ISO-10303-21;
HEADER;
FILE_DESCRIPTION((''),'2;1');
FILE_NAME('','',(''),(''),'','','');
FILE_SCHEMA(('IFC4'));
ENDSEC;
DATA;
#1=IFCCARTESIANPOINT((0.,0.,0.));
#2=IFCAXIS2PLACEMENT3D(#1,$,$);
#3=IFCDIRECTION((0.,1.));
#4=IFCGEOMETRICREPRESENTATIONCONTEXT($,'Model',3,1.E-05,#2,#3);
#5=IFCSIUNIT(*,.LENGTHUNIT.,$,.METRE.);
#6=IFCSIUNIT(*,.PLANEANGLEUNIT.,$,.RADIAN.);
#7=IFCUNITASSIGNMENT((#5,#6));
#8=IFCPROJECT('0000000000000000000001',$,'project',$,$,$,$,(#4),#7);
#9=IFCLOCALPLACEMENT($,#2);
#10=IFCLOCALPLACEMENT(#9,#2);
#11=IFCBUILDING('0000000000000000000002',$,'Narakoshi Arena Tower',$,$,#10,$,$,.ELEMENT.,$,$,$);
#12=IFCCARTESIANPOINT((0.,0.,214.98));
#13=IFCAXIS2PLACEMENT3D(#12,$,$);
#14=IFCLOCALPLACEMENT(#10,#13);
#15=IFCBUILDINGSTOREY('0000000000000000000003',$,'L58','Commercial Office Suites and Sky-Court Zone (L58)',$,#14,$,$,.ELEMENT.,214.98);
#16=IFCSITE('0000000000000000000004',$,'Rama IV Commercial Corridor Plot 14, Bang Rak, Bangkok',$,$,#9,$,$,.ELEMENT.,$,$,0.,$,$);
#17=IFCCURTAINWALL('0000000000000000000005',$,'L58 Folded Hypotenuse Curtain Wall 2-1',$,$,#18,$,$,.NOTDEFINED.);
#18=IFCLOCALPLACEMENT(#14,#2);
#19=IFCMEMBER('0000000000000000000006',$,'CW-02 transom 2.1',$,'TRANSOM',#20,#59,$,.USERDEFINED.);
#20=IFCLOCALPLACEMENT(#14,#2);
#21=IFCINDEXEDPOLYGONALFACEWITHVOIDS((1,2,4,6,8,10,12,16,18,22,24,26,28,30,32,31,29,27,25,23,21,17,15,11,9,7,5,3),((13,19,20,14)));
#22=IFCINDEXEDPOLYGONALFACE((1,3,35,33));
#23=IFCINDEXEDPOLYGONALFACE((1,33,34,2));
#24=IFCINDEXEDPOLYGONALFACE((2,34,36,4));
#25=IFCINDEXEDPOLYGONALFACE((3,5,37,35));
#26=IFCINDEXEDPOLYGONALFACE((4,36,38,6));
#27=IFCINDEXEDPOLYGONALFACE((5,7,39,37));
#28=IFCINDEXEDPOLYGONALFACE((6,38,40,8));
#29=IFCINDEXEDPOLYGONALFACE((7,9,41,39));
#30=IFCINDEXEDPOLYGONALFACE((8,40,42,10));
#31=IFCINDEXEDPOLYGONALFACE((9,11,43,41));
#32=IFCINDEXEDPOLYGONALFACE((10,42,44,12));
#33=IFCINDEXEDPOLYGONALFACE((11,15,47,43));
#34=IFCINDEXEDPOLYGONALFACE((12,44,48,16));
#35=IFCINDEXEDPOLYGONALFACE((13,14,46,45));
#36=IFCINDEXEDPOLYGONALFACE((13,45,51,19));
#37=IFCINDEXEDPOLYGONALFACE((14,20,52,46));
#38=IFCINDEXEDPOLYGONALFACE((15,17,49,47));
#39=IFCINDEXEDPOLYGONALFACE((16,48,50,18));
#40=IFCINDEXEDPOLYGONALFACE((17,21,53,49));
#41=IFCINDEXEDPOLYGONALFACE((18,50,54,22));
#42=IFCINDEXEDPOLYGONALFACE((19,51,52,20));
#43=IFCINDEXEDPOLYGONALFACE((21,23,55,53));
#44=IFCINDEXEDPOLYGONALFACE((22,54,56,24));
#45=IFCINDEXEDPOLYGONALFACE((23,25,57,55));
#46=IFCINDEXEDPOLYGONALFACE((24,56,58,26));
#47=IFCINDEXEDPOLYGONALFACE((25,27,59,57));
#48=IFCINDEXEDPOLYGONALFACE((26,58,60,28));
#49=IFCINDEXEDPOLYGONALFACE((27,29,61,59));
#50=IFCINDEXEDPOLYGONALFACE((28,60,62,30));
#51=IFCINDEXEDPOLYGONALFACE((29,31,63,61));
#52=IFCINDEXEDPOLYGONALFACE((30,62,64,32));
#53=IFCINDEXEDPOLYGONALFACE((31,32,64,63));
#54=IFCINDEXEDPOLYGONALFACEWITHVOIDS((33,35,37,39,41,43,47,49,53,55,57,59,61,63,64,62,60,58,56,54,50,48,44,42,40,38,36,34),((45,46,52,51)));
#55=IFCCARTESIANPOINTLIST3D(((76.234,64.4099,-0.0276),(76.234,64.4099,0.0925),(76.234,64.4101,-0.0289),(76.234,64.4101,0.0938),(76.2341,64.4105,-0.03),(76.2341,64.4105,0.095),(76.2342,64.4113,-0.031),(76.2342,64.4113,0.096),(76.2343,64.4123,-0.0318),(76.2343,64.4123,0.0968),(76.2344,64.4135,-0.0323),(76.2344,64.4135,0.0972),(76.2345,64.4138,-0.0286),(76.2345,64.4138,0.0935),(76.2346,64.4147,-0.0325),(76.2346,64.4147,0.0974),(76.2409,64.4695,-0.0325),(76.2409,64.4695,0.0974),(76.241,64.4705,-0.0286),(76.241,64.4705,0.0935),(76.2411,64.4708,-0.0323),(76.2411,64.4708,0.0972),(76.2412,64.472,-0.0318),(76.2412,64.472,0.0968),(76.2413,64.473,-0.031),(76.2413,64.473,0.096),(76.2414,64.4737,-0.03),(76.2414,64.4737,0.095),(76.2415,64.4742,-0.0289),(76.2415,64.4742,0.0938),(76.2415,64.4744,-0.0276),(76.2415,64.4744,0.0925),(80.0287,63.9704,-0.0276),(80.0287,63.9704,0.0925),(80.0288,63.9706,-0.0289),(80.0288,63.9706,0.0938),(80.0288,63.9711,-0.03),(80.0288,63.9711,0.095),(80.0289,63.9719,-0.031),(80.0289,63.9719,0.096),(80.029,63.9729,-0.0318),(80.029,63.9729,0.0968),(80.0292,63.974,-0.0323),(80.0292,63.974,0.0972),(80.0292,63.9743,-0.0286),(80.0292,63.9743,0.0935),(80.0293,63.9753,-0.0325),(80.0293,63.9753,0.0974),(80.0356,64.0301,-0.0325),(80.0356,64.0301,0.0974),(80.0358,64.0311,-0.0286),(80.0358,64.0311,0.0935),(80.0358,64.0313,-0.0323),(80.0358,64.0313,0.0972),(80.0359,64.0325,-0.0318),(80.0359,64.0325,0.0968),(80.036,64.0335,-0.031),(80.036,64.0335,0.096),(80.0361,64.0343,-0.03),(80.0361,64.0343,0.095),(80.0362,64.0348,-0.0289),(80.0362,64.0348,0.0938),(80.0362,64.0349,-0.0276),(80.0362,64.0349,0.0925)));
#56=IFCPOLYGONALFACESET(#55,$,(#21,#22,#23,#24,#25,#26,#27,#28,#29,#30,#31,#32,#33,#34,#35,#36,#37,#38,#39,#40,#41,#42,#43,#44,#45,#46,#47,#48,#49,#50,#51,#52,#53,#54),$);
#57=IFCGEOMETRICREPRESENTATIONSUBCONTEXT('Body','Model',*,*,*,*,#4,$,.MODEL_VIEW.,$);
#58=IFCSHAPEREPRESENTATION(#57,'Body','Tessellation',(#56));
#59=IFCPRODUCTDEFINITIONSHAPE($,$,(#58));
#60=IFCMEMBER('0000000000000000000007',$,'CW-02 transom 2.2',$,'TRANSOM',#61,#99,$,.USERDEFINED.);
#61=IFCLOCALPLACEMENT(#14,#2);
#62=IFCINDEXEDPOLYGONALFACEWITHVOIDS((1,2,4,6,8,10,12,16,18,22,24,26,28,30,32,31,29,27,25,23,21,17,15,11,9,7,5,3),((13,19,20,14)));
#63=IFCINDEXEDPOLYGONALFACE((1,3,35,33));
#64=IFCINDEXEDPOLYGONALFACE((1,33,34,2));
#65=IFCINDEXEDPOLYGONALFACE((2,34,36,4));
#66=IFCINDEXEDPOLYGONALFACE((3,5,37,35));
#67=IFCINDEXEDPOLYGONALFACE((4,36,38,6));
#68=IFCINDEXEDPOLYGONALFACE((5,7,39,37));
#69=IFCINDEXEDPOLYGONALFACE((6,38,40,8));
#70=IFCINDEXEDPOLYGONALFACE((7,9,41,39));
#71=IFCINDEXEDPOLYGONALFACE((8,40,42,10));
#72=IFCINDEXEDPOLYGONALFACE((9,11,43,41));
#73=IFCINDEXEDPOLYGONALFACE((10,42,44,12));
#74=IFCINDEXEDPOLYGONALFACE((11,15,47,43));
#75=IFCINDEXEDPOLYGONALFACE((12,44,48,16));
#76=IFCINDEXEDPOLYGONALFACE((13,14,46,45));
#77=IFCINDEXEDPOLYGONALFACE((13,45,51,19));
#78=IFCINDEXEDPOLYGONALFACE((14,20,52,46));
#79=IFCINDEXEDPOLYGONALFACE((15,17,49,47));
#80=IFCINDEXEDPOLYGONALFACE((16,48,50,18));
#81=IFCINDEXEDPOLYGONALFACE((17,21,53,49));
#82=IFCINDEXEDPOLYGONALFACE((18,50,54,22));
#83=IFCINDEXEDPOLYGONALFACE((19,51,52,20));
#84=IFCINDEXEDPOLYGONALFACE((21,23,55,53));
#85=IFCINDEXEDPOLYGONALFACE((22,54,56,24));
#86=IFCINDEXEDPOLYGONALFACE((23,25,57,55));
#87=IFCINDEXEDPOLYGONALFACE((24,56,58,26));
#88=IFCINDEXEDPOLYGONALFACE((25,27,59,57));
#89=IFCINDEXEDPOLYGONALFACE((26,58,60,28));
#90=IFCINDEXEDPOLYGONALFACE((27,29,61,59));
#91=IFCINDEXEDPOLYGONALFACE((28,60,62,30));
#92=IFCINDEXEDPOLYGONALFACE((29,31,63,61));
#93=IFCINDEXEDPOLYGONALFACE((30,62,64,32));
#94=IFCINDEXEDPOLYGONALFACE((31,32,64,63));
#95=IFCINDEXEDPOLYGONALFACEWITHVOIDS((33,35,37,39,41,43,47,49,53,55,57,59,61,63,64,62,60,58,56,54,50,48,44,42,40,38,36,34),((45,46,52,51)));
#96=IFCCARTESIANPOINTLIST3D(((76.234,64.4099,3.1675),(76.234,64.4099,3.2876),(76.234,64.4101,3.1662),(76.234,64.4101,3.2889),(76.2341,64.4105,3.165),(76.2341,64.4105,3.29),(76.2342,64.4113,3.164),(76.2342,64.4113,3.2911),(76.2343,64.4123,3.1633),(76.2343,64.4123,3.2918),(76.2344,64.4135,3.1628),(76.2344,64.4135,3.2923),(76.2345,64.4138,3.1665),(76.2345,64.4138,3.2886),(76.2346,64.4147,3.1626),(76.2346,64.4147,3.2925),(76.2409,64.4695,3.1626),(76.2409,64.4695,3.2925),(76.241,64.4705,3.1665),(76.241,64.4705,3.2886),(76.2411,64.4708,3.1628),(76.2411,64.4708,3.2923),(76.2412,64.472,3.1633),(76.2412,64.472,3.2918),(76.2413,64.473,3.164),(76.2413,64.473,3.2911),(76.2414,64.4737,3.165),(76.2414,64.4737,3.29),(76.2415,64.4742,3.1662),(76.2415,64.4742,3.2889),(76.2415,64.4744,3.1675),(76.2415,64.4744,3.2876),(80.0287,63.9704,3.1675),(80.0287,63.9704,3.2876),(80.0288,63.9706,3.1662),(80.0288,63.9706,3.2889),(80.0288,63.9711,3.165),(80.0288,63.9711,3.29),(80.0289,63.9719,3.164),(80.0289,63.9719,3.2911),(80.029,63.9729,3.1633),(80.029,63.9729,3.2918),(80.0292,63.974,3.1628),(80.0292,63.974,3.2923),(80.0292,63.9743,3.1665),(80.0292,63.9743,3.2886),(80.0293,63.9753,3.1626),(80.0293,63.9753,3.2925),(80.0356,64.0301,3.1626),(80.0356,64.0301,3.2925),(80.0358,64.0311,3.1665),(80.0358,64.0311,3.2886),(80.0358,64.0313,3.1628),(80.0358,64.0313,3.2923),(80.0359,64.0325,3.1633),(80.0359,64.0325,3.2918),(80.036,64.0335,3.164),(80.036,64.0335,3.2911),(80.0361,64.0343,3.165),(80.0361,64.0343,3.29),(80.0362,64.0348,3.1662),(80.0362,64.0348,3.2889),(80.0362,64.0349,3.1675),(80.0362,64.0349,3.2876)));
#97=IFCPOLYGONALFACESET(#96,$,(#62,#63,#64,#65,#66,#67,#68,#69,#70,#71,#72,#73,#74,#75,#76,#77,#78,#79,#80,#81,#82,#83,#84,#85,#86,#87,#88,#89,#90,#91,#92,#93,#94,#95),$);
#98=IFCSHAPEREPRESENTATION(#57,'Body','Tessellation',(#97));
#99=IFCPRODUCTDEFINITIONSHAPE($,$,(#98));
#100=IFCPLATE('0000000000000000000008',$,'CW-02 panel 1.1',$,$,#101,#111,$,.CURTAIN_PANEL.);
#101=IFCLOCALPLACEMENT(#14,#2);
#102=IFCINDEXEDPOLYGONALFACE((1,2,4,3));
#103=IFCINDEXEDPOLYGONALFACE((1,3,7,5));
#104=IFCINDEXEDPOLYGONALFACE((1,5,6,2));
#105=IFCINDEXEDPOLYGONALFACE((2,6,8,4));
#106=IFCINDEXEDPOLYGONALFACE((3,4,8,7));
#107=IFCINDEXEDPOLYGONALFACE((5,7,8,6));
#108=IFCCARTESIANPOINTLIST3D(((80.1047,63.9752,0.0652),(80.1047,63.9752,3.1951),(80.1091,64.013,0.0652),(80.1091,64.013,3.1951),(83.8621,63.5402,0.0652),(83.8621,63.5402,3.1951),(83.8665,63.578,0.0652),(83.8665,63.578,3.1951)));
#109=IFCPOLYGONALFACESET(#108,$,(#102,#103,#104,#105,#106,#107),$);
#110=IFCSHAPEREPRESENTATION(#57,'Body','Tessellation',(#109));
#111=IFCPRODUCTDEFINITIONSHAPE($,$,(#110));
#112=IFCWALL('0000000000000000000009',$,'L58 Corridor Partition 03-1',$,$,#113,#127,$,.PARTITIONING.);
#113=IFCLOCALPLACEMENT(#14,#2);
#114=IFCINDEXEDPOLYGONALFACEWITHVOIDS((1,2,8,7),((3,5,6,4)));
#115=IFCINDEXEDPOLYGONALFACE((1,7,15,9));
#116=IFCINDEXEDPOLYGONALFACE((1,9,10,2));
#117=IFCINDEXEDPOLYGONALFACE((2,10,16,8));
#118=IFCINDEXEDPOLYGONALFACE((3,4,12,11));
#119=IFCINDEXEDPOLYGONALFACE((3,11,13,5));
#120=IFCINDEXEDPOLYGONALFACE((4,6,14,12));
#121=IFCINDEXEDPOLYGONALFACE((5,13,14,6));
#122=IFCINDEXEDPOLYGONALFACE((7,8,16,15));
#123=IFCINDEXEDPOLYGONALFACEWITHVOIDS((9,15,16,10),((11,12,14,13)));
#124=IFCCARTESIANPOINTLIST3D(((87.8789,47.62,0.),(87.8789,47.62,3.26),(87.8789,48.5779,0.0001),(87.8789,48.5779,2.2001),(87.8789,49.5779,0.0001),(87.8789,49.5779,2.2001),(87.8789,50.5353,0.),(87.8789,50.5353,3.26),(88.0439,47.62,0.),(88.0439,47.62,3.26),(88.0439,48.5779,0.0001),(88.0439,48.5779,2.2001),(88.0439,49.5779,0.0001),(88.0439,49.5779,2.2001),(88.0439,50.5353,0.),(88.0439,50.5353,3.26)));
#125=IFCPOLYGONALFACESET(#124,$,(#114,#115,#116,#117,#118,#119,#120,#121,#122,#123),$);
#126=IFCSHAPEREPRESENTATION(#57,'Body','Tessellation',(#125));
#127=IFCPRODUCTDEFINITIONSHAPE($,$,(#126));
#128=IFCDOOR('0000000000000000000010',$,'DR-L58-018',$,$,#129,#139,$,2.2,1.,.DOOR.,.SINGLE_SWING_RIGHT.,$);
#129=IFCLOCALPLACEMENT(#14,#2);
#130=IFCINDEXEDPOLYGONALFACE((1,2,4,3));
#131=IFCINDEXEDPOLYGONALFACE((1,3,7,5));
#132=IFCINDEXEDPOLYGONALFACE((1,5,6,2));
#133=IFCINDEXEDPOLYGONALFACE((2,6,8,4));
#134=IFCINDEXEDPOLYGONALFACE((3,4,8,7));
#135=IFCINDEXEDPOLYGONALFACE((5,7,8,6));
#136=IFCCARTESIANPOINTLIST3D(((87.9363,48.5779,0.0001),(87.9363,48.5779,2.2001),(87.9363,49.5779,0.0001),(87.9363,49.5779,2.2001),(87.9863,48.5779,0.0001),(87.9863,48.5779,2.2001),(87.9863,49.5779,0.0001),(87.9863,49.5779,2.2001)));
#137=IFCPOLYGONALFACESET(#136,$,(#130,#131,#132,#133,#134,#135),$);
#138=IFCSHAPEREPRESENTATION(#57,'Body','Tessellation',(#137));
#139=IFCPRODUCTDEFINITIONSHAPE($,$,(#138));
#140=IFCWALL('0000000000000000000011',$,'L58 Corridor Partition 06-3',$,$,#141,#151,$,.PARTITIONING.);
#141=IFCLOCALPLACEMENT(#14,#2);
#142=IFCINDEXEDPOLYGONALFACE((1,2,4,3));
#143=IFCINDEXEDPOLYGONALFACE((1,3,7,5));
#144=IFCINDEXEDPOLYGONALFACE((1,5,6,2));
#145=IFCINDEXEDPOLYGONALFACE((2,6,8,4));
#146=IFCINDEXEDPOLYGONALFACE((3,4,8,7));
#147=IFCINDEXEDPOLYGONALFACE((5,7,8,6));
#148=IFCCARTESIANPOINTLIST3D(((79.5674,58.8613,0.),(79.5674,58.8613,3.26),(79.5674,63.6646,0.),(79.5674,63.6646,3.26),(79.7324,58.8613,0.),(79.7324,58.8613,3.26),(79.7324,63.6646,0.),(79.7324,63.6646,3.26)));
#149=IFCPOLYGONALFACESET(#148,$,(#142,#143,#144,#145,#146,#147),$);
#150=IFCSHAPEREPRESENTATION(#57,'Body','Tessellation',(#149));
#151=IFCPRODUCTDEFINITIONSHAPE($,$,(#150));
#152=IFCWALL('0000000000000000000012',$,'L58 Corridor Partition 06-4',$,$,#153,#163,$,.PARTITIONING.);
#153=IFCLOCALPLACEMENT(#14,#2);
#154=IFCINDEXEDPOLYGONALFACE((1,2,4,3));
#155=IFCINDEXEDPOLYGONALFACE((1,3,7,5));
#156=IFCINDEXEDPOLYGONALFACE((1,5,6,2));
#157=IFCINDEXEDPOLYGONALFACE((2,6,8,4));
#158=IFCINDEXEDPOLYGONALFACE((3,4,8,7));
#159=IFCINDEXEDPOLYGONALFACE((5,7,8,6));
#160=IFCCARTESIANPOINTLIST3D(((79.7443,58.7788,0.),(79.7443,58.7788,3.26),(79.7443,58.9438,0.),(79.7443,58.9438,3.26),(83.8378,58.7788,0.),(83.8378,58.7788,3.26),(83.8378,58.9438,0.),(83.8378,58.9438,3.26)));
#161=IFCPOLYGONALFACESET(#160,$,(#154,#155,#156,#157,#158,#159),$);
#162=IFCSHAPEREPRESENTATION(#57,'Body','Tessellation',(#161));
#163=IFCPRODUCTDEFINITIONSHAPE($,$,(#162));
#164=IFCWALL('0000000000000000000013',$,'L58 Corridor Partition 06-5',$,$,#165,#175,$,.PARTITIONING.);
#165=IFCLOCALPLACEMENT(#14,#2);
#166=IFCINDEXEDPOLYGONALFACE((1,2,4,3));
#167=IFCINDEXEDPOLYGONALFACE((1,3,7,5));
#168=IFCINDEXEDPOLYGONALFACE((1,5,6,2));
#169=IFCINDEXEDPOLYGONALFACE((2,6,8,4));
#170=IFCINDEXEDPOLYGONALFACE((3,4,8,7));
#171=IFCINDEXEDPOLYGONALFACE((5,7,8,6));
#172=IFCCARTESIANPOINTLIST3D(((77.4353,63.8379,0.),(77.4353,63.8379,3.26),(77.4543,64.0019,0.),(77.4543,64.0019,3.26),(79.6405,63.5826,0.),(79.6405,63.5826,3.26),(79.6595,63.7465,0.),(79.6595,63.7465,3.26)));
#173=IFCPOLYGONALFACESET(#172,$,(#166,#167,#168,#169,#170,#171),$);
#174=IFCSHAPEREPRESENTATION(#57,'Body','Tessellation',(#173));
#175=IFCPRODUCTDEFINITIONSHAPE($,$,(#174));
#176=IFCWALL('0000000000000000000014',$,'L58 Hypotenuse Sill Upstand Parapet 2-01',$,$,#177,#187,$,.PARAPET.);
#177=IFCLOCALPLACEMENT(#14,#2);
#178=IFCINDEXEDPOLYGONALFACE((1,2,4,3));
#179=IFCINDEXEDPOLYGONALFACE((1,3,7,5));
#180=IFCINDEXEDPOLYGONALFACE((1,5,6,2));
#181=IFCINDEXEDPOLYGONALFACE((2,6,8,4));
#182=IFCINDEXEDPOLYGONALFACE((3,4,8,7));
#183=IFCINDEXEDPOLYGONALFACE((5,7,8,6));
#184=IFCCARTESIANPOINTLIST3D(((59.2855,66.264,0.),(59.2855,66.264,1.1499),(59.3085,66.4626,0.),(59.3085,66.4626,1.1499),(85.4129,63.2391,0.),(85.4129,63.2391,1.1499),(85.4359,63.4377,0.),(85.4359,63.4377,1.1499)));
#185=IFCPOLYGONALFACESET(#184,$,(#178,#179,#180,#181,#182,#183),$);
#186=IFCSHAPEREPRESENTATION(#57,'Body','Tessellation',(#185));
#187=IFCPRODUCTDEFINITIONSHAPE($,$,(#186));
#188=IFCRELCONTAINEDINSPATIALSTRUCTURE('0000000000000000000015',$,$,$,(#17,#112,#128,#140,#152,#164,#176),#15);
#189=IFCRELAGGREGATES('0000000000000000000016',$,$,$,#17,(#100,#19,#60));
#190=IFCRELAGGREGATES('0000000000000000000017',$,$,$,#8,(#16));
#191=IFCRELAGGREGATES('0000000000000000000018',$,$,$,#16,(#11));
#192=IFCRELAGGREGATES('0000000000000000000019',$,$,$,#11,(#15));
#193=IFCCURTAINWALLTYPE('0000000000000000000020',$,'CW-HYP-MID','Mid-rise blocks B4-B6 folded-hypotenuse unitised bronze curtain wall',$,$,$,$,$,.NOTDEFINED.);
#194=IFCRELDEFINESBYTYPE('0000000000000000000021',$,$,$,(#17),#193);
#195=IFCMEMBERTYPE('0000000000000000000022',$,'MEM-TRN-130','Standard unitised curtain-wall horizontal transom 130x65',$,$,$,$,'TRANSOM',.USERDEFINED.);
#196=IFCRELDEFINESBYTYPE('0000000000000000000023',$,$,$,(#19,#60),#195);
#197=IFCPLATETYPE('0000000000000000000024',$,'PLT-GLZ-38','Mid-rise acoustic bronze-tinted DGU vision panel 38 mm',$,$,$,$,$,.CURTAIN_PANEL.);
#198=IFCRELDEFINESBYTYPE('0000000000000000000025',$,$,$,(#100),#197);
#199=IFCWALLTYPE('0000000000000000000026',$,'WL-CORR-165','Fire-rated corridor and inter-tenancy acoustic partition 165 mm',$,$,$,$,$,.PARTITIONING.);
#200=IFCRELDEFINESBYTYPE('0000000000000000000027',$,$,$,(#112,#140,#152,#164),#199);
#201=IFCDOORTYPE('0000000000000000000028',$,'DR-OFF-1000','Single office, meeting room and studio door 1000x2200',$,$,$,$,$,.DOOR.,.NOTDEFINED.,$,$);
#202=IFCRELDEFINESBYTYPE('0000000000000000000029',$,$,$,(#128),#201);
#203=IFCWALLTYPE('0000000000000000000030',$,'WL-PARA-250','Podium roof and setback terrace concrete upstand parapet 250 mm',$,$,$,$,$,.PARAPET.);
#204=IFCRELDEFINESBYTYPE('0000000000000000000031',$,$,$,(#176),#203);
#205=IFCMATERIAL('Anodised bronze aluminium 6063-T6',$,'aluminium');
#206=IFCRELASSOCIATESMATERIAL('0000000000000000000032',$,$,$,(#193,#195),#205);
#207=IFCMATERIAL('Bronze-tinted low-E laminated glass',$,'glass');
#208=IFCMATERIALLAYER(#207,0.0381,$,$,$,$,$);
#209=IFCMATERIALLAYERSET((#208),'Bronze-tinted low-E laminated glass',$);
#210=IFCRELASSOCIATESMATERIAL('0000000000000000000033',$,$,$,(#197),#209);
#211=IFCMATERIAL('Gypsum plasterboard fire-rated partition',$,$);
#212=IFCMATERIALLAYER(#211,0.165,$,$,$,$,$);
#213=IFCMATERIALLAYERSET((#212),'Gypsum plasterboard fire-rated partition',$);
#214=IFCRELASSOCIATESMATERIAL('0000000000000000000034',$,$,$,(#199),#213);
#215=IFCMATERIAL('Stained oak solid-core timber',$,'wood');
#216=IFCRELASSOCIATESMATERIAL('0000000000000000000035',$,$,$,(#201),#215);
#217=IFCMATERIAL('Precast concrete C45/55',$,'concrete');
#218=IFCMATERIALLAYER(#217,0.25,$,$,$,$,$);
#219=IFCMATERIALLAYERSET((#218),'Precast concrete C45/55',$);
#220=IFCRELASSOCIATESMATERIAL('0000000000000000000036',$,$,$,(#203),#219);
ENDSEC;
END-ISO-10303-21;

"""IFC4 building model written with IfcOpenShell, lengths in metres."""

from ifc_helpers import new_model, si_unit, direction, frame, frame_2d, origin, origin_2d, place, context, subcontext, project, spatial, rectangle, hollow_rectangle, extrude, material, layer, layer_set, material_profile, profile_set, type_object, element, fill, aggregate, save


model = new_model("IFC4")

# Units and contexts
model_context = context("Model", 3, precision=1e-05, world=origin(), true_north=direction((0.0, 1.0)))
body_context = subcontext(model_context, "Body", "Model", "MODEL_VIEW")
ifc_project = project(units=[si_unit("LENGTHUNIT", "METRE"), si_unit("PLANEANGLEUNIT", "RADIAN")], contexts=[model_context])

# Site, building, storey
site_placement = place(None, origin())
site = spatial("IfcSite", under=ifc_project, at=site_placement, Name="Rama IV Commercial Corridor Plot 14, Bang Rak, Bangkok", CompositionType="ELEMENT", RefElevation=0.0)
building_placement = place(site_placement, origin())
building = spatial("IfcBuilding", under=site, at=building_placement, Name="Narakoshi Arena Tower", CompositionType="ELEMENT")
storey_placement = place(building_placement, frame((0.0, 0.0, 214.98)))
storey = spatial("IfcBuildingStorey", under=building, at=storey_placement, Name="L58", Description="Commercial Office Suites and Sky-Court Zone (L58)", CompositionType="ELEMENT", Elevation=214.98)

# Curtain wall, members, plate
ifc_material_1 = material(Name="Anodised bronze aluminium 6063-T6", Category="aluminium")
curtain_wall_type = type_object("IfcCurtainWallType", Name="CW-HYP-MID", Description="Mid-rise blocks B4-B6 folded-hypotenuse unitised bronze curtain wall", PredefinedType="NOTDEFINED", material=ifc_material_1)
curtain_wall_placement = place(storey_placement, origin())
curtain_wall = element("IfcCurtainWall", 1, at=curtain_wall_placement, inside=storey, type_object=curtain_wall_type, Name="L58 Folded Hypotenuse Curtain Wall 2-1", PredefinedType="NOTDEFINED")
ifc_material_profile_1 = material_profile(ifc_material_1, hollow_rectangle(XDim=0.0649, YDim=0.1299, WallThickness=0.0039, OuterFilletRadius=0.0049, at=origin_2d()), Name="TRN130x65x4")
ifc_profile_set_1 = profile_set([ifc_material_profile_1], Name="Anodised bronze aluminium 6063-T6")
member_type_1 = type_object("IfcMemberType", Name="MEM-TRN-130", Description="Standard unitised curtain-wall horizontal transom 130x65", ElementType="TRANSOM", PredefinedType="USERDEFINED", material=ifc_profile_set_1)
member_1_placement = place(storey_placement, frame((80.0325, 64.0027, 0.0325), z_axis=(-0.993361, 0.115039, 0.0), x_axis=(-0.115039, -0.993361, 0.0)))
member_1 = element("IfcMember", 2, at=member_1_placement, type_object=member_type_1, Name="CW-02 transom 2.1", ObjectType="TRANSOM", PredefinedType="USERDEFINED", context=body_context, shape_type="SweptSolid", body=[
    extrude(hollow_rectangle(XDim=0.0649, YDim=0.1299, WallThickness=0.0039, OuterFilletRadius=0.0049, at=origin_2d()), origin(), (0.0, 0.0, 1.0), 3.8201),
])
member_2_placement = place(storey_placement, frame((80.0325, 64.0027, 3.2275), z_axis=(-0.993361, 0.115039, 0.0), x_axis=(-0.115039, -0.993361, 0.0)))
member_2 = element("IfcMember", 3, at=member_2_placement, type_object=member_type_1, Name="CW-02 transom 2.2", ObjectType="TRANSOM", PredefinedType="USERDEFINED", context=body_context, shape_type="SweptSolid", body=[
    extrude(hollow_rectangle(XDim=0.0649, YDim=0.1299, WallThickness=0.0039, OuterFilletRadius=0.0049, at=origin_2d()), origin(), (0.0, 0.0, 1.0), 3.8201),
])
ifc_material_2 = material(Name="Bronze-tinted low-E laminated glass", Category="glass")
ifc_layer_1 = layer(ifc_material_2, 0.0381)
ifc_layer_set_1 = layer_set([ifc_layer_1], Name="Bronze-tinted low-E laminated glass")
plate_type = type_object("IfcPlateType", Name="PLT-GLZ-38", Description="Mid-rise acoustic bronze-tinted DGU vision panel 38 mm", PredefinedType="CURTAIN_PANEL", material=ifc_layer_set_1)
plate_placement = place(storey_placement, frame((81.9856, 63.7766, 0.0652), z_axis=(0.0, 0.0, 1.0), x_axis=(-0.993364, 0.115011, 0.0)))
plate = element("IfcPlate", 4, at=plate_placement, type_object=plate_type, Name="CW-02 panel 1.1", PredefinedType="CURTAIN_PANEL", context=body_context, shape_type="SweptSolid", body=[
    extrude(rectangle(XDim=3.7825, YDim=0.0381, at=origin_2d()), origin(), (0.0, 0.0, 1.0), 3.1299),
])
aggregate(curtain_wall, [plate, member_1, member_2])

# Wall, opening, door
ifc_material_3 = material(Name="Gypsum plasterboard fire-rated partition")
ifc_layer_2 = layer(ifc_material_3, 0.165)
ifc_layer_set_2 = layer_set([ifc_layer_2], Name="Gypsum plasterboard fire-rated partition")
wall_type_1 = type_object("IfcWallType", Name="WL-CORR-165", Description="Fire-rated corridor and inter-tenancy acoustic partition 165 mm", PredefinedType="PARTITIONING", material=ifc_layer_set_2)
wall_1_placement = place(storey_placement, frame((87.9614, 47.6201, 0.0), z_axis=(0.0, 0.0, 1.0), x_axis=(0.0, 1.0, 0.0)))
wall_1 = element("IfcWall", 5, at=wall_1_placement, inside=storey, type_object=wall_type_1, Name="L58 Corridor Partition 03-1", PredefinedType="PARTITIONING", context=body_context, shape_type="SweptSolid", body=[
    extrude(rectangle(XDim=2.9153, YDim=0.165, at=frame_2d((1.4575, 0.0))), origin(), (0.0, 0.0, 1.0), 3.26),
])
opening_1_placement = place(wall_1_placement, frame((0.9578, 0.0, 0.0)))
opening_1 = element("IfcOpeningElement", 6, at=opening_1_placement, cuts=wall_1, PredefinedType="OPENING", context=body_context, shape_type="SweptSolid", body=[
    extrude(rectangle(XDim=1.0, YDim=2.2, at=frame_2d((0.5, 1.1001))), frame((0.0, 0.0925, 0.0), z_axis=(0.0, -1.0, 0.0), x_axis=(1.0, 0.0, 0.0)), (0.0, 0.0, 1.0), 0.1851),
])
ifc_material_4 = material(Name="Stained oak solid-core timber", Category="wood")
door_type_1 = type_object("IfcDoorType", Name="DR-OFF-1000", Description="Single office, meeting room and studio door 1000x2200", OperationType="NOTDEFINED", PredefinedType="DOOR", material=ifc_material_4)
door_1_placement = place(opening_1_placement, frame((1.0, 0.0, 0.0), z_axis=(0.0, 0.0, 1.0), x_axis=(-1.0, 0.0, 0.0)))
door_1 = element("IfcDoor", 7, at=door_1_placement, inside=storey, type_object=door_type_1, Name="DR-L58-018", OperationType="SINGLE_SWING_RIGHT", OverallHeight=2.2, OverallWidth=1.0, PredefinedType="DOOR", context=body_context, shape_type="SweptSolid", body=[
    extrude(rectangle(XDim=1.0, YDim=2.2, at=frame_2d((0.5, 1.1001))), frame((0.0, 0.0249, 0.0), z_axis=(0.0, -1.0, 0.0), x_axis=(1.0, 0.0, 0.0)), (0.0, 0.0, 1.0), 0.05),
])
fill(opening_1, door_1)

# Walls
wall_2_placement = place(storey_placement, frame((79.6499, 58.8613, 0.0), z_axis=(0.0, 0.0, 1.0), x_axis=(0.0, 1.0, 0.0)))
element("IfcWall", 8, at=wall_2_placement, inside=storey, type_object=wall_type_1, Name="L58 Corridor Partition 06-3", PredefinedType="PARTITIONING", context=body_context, shape_type="SweptSolid", body=[
    extrude(rectangle(XDim=4.8032, YDim=0.165, at=frame_2d((2.4016, 0.0))), origin(), (0.0, 0.0, 1.0), 3.26),
])
wall_3_placement = place(storey_placement, frame((83.8379, 58.8613, 0.0), z_axis=(0.0, 0.0, 1.0), x_axis=(-1.0, 0.0, 0.0)))
element("IfcWall", 9, at=wall_3_placement, inside=storey, type_object=wall_type_1, Name="L58 Corridor Partition 06-4", PredefinedType="PARTITIONING", context=body_context, shape_type="SweptSolid", body=[
    extrude(rectangle(XDim=4.0935, YDim=0.165, at=frame_2d((2.0469, 0.0))), origin(), (0.0, 0.0, 1.0), 3.26),
])
wall_4_placement = place(storey_placement, frame((79.6499, 63.6646, 0.0), z_axis=(0.0, 0.0, 1.0), x_axis=(-0.993362, 0.115029, 0.0)))
element("IfcWall", 10, at=wall_4_placement, inside=storey, type_object=wall_type_1, Name="L58 Corridor Partition 06-5", PredefinedType="PARTITIONING", context=body_context, shape_type="SweptSolid", body=[
    extrude(rectangle(XDim=2.22, YDim=0.165, at=frame_2d((1.1099, 0.0))), origin(), (0.0, 0.0, 1.0), 3.26),
])
ifc_material_5 = material(Name="Precast concrete C45/55", Category="concrete")
ifc_layer_3 = layer(ifc_material_5, 0.25)
ifc_layer_set_3 = layer_set([ifc_layer_3], Name="Precast concrete C45/55")
wall_type_2 = type_object("IfcWallType", Name="WL-PARA-250", Description="Podium roof and setback terrace concrete upstand parapet 250 mm", PredefinedType="PARAPET", material=ifc_layer_set_3)
wall_5_placement = place(storey_placement, frame((85.4243, 63.3384, 0.0), z_axis=(0.0, 0.0, 1.0), x_axis=(-0.993365, 0.115007, 0.0)))
element("IfcWall", 11, at=wall_5_placement, inside=storey, type_object=wall_type_2, Name="L58 Hypotenuse Sill Upstand Parapet 2-01", PredefinedType="PARAPET", context=body_context, shape_type="SweptSolid", body=[
    extrude(rectangle(XDim=26.302, YDim=0.2, at=frame_2d((13.1509, 0.0))), origin(), (0.0, 0.0, 1.0), 1.1499),
])

save(model, "model.ifc")
